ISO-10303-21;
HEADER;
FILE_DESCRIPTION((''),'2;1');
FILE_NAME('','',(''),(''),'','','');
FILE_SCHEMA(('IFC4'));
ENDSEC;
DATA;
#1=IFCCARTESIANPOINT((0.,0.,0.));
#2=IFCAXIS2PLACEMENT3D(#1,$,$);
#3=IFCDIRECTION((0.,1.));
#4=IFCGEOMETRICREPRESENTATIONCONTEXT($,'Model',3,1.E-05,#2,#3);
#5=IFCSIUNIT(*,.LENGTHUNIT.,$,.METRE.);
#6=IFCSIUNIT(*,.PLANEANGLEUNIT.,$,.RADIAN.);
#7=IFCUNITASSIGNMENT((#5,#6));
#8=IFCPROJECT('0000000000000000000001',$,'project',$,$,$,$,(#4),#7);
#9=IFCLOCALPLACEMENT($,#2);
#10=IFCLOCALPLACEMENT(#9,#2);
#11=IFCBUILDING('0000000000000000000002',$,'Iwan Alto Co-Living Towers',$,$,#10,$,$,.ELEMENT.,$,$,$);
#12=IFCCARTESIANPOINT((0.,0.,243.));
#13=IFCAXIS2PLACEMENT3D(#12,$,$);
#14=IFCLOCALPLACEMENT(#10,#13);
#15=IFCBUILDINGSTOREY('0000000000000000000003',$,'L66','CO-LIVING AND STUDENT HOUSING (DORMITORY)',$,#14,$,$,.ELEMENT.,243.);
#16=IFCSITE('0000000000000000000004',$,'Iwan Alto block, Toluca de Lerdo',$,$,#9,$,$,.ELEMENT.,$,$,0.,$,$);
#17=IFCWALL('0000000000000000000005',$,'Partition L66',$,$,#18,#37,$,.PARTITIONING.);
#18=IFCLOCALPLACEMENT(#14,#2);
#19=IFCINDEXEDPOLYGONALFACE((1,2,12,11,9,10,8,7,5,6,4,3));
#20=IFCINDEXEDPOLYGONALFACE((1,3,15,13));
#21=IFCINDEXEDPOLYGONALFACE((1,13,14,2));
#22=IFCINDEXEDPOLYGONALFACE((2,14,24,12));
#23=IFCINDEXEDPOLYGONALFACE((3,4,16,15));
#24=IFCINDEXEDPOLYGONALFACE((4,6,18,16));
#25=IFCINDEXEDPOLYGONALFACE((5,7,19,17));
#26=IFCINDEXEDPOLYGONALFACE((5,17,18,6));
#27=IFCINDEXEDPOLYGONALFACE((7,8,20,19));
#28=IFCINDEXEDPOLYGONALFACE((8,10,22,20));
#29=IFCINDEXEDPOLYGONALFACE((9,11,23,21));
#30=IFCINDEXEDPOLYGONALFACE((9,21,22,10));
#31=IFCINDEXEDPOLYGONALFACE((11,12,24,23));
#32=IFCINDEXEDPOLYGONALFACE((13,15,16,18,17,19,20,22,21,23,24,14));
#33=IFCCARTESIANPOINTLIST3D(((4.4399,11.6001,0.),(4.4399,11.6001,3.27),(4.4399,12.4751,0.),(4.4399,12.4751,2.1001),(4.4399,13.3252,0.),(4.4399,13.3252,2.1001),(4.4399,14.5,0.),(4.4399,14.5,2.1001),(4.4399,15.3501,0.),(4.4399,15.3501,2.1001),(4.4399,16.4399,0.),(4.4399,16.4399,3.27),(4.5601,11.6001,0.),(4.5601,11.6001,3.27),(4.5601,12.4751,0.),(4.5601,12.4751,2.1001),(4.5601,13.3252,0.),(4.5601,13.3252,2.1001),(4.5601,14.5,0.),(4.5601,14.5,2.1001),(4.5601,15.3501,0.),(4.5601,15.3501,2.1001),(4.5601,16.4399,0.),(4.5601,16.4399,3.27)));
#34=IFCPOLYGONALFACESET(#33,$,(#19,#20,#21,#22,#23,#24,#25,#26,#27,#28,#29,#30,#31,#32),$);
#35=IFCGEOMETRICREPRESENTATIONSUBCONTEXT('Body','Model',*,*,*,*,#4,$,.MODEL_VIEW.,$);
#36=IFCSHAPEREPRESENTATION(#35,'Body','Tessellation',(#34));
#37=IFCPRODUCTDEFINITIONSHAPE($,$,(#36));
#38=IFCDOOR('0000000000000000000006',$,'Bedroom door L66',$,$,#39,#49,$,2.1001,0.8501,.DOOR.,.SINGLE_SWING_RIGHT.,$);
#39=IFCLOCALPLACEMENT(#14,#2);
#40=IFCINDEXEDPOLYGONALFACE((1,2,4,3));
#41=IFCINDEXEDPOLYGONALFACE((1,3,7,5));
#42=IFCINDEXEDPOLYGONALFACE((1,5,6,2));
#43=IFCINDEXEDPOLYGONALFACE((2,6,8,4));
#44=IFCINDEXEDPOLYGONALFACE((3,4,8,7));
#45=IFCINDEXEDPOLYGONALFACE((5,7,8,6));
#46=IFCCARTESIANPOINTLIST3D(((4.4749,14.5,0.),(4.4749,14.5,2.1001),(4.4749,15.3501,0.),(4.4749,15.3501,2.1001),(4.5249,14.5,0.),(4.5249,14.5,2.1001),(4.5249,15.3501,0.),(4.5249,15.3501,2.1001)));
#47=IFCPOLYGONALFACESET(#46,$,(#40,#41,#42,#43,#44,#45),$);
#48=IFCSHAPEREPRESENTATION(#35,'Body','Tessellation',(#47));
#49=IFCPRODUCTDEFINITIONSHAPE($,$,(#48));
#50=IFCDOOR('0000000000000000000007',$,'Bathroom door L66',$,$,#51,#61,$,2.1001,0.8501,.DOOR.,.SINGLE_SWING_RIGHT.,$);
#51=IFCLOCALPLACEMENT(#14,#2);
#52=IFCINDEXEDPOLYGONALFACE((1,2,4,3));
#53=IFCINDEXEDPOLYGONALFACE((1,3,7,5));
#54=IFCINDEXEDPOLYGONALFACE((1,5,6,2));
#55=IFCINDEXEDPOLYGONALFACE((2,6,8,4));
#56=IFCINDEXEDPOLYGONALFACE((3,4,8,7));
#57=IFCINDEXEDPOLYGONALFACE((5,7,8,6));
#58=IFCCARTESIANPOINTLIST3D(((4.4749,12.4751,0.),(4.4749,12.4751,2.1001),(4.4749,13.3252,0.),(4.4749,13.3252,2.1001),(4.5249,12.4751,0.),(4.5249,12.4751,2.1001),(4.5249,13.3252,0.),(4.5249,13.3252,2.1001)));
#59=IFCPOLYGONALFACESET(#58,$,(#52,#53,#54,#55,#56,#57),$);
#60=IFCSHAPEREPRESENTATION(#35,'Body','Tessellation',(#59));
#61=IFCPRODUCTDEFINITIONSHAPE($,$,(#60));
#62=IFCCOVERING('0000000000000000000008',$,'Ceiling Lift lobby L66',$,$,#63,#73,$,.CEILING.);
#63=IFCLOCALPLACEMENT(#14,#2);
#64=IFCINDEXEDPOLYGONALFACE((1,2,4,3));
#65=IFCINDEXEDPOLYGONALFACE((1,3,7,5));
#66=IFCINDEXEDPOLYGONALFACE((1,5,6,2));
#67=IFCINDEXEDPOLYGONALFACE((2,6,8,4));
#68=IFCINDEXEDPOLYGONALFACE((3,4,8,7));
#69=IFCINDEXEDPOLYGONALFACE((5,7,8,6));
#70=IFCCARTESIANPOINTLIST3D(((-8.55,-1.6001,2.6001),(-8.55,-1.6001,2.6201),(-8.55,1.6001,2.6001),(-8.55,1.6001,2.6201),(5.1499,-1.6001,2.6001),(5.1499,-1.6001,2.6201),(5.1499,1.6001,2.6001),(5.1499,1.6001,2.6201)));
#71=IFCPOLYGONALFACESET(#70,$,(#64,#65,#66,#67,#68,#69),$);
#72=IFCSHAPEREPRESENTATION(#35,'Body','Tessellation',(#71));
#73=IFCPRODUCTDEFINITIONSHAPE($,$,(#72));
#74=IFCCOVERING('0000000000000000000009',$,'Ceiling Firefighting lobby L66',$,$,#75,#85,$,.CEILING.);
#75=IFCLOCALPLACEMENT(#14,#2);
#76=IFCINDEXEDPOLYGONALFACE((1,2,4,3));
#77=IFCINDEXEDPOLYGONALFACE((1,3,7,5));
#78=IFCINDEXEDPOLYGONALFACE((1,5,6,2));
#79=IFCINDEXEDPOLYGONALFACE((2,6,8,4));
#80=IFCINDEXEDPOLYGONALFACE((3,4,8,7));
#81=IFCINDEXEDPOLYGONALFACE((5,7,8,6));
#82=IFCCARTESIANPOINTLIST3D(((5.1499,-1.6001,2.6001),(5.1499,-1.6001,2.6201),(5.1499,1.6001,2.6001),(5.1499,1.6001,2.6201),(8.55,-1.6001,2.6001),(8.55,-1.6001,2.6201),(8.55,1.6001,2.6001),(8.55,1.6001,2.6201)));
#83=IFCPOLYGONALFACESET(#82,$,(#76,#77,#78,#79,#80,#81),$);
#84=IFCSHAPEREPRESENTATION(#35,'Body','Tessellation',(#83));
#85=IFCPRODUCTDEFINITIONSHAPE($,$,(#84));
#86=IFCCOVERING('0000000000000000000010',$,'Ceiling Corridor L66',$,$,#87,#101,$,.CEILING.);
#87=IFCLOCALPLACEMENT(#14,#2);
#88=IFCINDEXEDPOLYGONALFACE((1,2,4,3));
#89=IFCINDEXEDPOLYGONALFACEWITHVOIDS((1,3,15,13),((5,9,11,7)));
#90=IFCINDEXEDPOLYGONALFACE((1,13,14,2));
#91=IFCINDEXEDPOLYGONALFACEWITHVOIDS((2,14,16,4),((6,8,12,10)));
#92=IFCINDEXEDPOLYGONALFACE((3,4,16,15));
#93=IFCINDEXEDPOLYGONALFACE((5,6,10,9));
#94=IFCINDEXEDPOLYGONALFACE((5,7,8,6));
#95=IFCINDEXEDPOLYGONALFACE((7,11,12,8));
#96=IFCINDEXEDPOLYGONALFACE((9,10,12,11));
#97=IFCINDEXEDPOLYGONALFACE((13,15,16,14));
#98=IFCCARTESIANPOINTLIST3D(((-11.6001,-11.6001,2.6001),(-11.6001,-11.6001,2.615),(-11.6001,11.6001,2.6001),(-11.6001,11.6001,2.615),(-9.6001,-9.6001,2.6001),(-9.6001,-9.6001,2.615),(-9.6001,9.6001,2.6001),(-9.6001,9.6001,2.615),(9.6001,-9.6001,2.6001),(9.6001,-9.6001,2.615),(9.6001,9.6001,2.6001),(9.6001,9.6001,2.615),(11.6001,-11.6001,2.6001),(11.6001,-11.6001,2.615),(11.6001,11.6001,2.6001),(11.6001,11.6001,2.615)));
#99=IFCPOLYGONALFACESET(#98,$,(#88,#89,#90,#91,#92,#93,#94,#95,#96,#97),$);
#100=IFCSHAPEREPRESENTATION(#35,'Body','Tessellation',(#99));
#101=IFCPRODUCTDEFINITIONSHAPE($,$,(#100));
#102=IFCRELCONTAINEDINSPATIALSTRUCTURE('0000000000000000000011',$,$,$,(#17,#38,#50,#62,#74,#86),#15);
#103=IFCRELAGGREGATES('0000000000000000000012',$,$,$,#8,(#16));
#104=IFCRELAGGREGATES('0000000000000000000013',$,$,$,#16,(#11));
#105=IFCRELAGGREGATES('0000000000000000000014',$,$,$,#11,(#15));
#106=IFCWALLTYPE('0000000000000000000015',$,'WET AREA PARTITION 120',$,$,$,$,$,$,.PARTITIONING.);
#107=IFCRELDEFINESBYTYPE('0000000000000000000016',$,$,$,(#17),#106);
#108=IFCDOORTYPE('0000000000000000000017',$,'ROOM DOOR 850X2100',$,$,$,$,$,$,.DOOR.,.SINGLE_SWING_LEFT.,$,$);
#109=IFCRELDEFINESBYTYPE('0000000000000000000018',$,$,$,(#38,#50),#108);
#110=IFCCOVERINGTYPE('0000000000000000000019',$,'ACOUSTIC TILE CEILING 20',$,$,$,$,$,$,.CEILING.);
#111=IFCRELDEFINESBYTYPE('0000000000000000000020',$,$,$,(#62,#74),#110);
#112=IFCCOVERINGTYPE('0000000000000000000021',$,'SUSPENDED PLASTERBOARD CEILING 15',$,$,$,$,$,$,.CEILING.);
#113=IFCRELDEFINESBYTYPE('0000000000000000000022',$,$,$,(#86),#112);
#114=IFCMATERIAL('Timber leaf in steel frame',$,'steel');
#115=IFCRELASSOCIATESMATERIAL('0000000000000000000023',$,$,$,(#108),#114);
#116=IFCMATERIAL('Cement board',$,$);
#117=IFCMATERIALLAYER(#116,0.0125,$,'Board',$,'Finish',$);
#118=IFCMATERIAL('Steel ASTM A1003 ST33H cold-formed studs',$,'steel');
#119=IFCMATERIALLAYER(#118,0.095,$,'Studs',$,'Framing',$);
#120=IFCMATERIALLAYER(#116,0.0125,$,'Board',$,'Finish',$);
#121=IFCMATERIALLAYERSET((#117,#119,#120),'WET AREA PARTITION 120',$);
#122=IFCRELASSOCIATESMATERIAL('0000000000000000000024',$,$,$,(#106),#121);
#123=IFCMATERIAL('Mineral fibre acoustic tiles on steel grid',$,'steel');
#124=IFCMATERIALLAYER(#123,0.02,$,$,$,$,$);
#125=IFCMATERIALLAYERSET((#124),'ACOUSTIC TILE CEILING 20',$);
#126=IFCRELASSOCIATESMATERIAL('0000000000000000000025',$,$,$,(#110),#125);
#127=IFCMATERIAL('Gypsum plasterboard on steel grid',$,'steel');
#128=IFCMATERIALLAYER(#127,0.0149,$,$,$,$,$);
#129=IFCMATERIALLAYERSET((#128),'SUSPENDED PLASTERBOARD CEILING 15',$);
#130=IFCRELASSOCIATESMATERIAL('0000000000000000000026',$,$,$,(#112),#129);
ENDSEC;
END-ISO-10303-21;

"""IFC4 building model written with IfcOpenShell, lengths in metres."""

from ifc_helpers import new_model, si_unit, direction, frame, frame_2d, origin, place, context, subcontext, project, spatial, polyline, rectangle, outline, extrude, material, layer, layer_set, type_object, element, fill, save


model = new_model("IFC4")

# Units and contexts
model_context = context("Model", 3, precision=1e-05, world=origin(), true_north=direction((0.0, 1.0)))
body_context = subcontext(model_context, "Body", "Model", "MODEL_VIEW")
ifc_project = project(units=[si_unit("LENGTHUNIT", "METRE"), si_unit("PLANEANGLEUNIT", "RADIAN")], contexts=[model_context])

# Site, building, storey
site_placement = place(None, origin())
site = spatial("IfcSite", under=ifc_project, at=site_placement, Name="Iwan Alto block, Toluca de Lerdo", CompositionType="ELEMENT", RefElevation=0.0)
building_placement = place(site_placement, origin())
building = spatial("IfcBuilding", under=site, at=building_placement, Name="Iwan Alto Co-Living Towers", CompositionType="ELEMENT")
storey_placement = place(building_placement, frame((0.0, 0.0, 243.0)))
storey = spatial("IfcBuildingStorey", under=building, at=storey_placement, Name="L66", Description="CO-LIVING AND STUDENT HOUSING (DORMITORY)", CompositionType="ELEMENT", Elevation=243.0)

# Shared definitions
ifc_material_1 = material(Name="Steel ASTM A1003 ST33H cold-formed studs", Category="steel")
ifc_material_2 = material(Name="Timber leaf in steel frame", Category="steel")
door_type_1 = type_object("IfcDoorType", Name="ROOM DOOR 850X2100", OperationType="SINGLE_SWING_LEFT", PredefinedType="DOOR", material=ifc_material_2)

# Shared definitions
ifc_material_3 = material(Name="Cement board")
ifc_layer_1 = layer(ifc_material_3, 0.0125, Name="Board", Category="Finish")
ifc_layer_2 = layer(ifc_material_1, 0.095, Name="Studs", Category="Framing")
ifc_layer_3 = layer(ifc_material_3, 0.0125, Name="Board", Category="Finish")
ifc_layer_set_1 = layer_set([ifc_layer_1, ifc_layer_2, ifc_layer_3], Name="WET AREA PARTITION 120")
wall_type_1 = type_object("IfcWallType", Name="WET AREA PARTITION 120", PredefinedType="PARTITIONING", material=ifc_layer_set_1)

# Wall, openings, doors
wall_1_placement = place(storey_placement, frame((4.5, 11.6001, 0.0), z_axis=(0.0, 0.0, 1.0), x_axis=(0.0, 1.0, 0.0)))
wall_1 = element("IfcWall", 1, at=wall_1_placement, inside=storey, type_object=wall_type_1, Name="Partition L66", PredefinedType="PARTITIONING", context=body_context, shape_type="SweptSolid", body=[
    extrude(rectangle(XDim=4.8398, YDim=0.1201, at=frame_2d((2.4199, 0.0))), origin(), (0.0, 0.0, 1.0), 3.27),
])
opening_1_placement = place(wall_1_placement, frame((2.8999, 0.0, 0.0)))
opening_1 = element("IfcOpeningElement", 2, at=opening_1_placement, cuts=wall_1, PredefinedType="OPENING", context=body_context, shape_type="SweptSolid", body=[
    extrude(rectangle(XDim=0.8501, YDim=2.1001, at=frame_2d((0.425, 1.05))), frame((0.0, 0.0701, 0.0), z_axis=(0.0, -1.0, 0.0), x_axis=(1.0, 0.0, 0.0)), (0.0, 0.0, 1.0), 0.1401),
])
opening_2_placement = place(wall_1_placement, frame((0.875, 0.0, 0.0)))
opening_2 = element("IfcOpeningElement", 3, at=opening_2_placement, cuts=wall_1, PredefinedType="OPENING", context=body_context, shape_type="SweptSolid", body=[
    extrude(rectangle(XDim=0.8501, YDim=2.1001, at=frame_2d((0.425, 1.05))), frame((0.0, 0.0701, 0.0), z_axis=(0.0, -1.0, 0.0), x_axis=(1.0, 0.0, 0.0)), (0.0, 0.0, 1.0), 0.1401),
])
door_1_placement = place(opening_1_placement, frame((0.8501, 0.0, 0.0), z_axis=(0.0, 0.0, 1.0), x_axis=(-1.0, 0.0, 0.0)))
door_1 = element("IfcDoor", 4, at=door_1_placement, inside=storey, type_object=door_type_1, Name="Bedroom door L66", OperationType="SINGLE_SWING_RIGHT", OverallHeight=2.1001, OverallWidth=0.8501, PredefinedType="DOOR", context=body_context, shape_type="SweptSolid", body=[
    extrude(rectangle(XDim=0.8501, YDim=2.1001, at=frame_2d((0.425, 1.05))), frame((0.0, 0.0249, 0.0), z_axis=(0.0, -1.0, 0.0), x_axis=(1.0, 0.0, 0.0)), (0.0, 0.0, 1.0), 0.05),
])
fill(opening_1, door_1)
door_2_placement = place(opening_2_placement, frame((0.8501, 0.0, 0.0), z_axis=(0.0, 0.0, 1.0), x_axis=(-1.0, 0.0, 0.0)))
door_2 = element("IfcDoor", 5, at=door_2_placement, inside=storey, type_object=door_type_1, Name="Bathroom door L66", OperationType="SINGLE_SWING_RIGHT", OverallHeight=2.1001, OverallWidth=0.8501, PredefinedType="DOOR", context=body_context, shape_type="SweptSolid", body=[
    extrude(rectangle(XDim=0.8501, YDim=2.1001, at=frame_2d((0.425, 1.05))), frame((0.0, 0.0249, 0.0), z_axis=(0.0, -1.0, 0.0), x_axis=(1.0, 0.0, 0.0)), (0.0, 0.0, 1.0), 0.05),
])
fill(opening_2, door_2)

# Coverings
ifc_material_4 = material(Name="Mineral fibre acoustic tiles on steel grid", Category="steel")
ifc_layer_4 = layer(ifc_material_4, 0.02)
ifc_layer_set_2 = layer_set([ifc_layer_4], Name="ACOUSTIC TILE CEILING 20")
covering_type_1 = type_object("IfcCoveringType", Name="ACOUSTIC TILE CEILING 20", PredefinedType="CEILING", material=ifc_layer_set_2)
covering_1_placement = place(storey_placement, frame((0.0, 0.0, 2.6001)))
element("IfcCovering", 6, at=covering_1_placement, inside=storey, type_object=covering_type_1, Name="Ceiling Lift lobby L66", PredefinedType="CEILING", context=body_context, shape_type="SweptSolid", body=[
    extrude(outline(polyline([(-8.55, -1.6001), (-8.55, 1.6001), (5.1499, 1.6001), (5.1499, -1.6001), (-8.55, -1.6001)])), origin(), (0.0, 0.0, 1.0), 0.02),
])
covering_2_placement = place(storey_placement, frame((0.0, 0.0, 2.6001)))
element("IfcCovering", 7, at=covering_2_placement, inside=storey, type_object=covering_type_1, Name="Ceiling Firefighting lobby L66", PredefinedType="CEILING", context=body_context, shape_type="SweptSolid", body=[
    extrude(outline(polyline([(5.1499, -1.6001), (5.1499, 1.6001), (8.55, 1.6001), (8.55, -1.6001), (5.1499, -1.6001)])), origin(), (0.0, 0.0, 1.0), 0.02),
])
ifc_material_5 = material(Name="Gypsum plasterboard on steel grid", Category="steel")
ifc_layer_5 = layer(ifc_material_5, 0.0149)
ifc_layer_set_3 = layer_set([ifc_layer_5], Name="SUSPENDED PLASTERBOARD CEILING 15")
covering_type_2 = type_object("IfcCoveringType", Name="SUSPENDED PLASTERBOARD CEILING 15", PredefinedType="CEILING", material=ifc_layer_set_3)
covering_3_placement = place(storey_placement, frame((0.0, 0.0, 2.6001)))
element("IfcCovering", 8, at=covering_3_placement, inside=storey, type_object=covering_type_2, Name="Ceiling Corridor L66", PredefinedType="CEILING", context=body_context, shape_type="SweptSolid", body=[
    extrude(outline(polyline([(-11.6001, 11.6001), (11.6001, 11.6001), (11.6001, -11.6001), (-11.6001, -11.6001), (-11.6001, 11.6001)]), holes=[polyline([(-9.6001, 9.6001), (-9.6001, -9.6001), (9.6001, -9.6001), (9.6001, 9.6001), (-9.6001, 9.6001)])]), origin(), (0.0, 0.0, 1.0), 0.0149),
])

save(model, "model.ifc")
